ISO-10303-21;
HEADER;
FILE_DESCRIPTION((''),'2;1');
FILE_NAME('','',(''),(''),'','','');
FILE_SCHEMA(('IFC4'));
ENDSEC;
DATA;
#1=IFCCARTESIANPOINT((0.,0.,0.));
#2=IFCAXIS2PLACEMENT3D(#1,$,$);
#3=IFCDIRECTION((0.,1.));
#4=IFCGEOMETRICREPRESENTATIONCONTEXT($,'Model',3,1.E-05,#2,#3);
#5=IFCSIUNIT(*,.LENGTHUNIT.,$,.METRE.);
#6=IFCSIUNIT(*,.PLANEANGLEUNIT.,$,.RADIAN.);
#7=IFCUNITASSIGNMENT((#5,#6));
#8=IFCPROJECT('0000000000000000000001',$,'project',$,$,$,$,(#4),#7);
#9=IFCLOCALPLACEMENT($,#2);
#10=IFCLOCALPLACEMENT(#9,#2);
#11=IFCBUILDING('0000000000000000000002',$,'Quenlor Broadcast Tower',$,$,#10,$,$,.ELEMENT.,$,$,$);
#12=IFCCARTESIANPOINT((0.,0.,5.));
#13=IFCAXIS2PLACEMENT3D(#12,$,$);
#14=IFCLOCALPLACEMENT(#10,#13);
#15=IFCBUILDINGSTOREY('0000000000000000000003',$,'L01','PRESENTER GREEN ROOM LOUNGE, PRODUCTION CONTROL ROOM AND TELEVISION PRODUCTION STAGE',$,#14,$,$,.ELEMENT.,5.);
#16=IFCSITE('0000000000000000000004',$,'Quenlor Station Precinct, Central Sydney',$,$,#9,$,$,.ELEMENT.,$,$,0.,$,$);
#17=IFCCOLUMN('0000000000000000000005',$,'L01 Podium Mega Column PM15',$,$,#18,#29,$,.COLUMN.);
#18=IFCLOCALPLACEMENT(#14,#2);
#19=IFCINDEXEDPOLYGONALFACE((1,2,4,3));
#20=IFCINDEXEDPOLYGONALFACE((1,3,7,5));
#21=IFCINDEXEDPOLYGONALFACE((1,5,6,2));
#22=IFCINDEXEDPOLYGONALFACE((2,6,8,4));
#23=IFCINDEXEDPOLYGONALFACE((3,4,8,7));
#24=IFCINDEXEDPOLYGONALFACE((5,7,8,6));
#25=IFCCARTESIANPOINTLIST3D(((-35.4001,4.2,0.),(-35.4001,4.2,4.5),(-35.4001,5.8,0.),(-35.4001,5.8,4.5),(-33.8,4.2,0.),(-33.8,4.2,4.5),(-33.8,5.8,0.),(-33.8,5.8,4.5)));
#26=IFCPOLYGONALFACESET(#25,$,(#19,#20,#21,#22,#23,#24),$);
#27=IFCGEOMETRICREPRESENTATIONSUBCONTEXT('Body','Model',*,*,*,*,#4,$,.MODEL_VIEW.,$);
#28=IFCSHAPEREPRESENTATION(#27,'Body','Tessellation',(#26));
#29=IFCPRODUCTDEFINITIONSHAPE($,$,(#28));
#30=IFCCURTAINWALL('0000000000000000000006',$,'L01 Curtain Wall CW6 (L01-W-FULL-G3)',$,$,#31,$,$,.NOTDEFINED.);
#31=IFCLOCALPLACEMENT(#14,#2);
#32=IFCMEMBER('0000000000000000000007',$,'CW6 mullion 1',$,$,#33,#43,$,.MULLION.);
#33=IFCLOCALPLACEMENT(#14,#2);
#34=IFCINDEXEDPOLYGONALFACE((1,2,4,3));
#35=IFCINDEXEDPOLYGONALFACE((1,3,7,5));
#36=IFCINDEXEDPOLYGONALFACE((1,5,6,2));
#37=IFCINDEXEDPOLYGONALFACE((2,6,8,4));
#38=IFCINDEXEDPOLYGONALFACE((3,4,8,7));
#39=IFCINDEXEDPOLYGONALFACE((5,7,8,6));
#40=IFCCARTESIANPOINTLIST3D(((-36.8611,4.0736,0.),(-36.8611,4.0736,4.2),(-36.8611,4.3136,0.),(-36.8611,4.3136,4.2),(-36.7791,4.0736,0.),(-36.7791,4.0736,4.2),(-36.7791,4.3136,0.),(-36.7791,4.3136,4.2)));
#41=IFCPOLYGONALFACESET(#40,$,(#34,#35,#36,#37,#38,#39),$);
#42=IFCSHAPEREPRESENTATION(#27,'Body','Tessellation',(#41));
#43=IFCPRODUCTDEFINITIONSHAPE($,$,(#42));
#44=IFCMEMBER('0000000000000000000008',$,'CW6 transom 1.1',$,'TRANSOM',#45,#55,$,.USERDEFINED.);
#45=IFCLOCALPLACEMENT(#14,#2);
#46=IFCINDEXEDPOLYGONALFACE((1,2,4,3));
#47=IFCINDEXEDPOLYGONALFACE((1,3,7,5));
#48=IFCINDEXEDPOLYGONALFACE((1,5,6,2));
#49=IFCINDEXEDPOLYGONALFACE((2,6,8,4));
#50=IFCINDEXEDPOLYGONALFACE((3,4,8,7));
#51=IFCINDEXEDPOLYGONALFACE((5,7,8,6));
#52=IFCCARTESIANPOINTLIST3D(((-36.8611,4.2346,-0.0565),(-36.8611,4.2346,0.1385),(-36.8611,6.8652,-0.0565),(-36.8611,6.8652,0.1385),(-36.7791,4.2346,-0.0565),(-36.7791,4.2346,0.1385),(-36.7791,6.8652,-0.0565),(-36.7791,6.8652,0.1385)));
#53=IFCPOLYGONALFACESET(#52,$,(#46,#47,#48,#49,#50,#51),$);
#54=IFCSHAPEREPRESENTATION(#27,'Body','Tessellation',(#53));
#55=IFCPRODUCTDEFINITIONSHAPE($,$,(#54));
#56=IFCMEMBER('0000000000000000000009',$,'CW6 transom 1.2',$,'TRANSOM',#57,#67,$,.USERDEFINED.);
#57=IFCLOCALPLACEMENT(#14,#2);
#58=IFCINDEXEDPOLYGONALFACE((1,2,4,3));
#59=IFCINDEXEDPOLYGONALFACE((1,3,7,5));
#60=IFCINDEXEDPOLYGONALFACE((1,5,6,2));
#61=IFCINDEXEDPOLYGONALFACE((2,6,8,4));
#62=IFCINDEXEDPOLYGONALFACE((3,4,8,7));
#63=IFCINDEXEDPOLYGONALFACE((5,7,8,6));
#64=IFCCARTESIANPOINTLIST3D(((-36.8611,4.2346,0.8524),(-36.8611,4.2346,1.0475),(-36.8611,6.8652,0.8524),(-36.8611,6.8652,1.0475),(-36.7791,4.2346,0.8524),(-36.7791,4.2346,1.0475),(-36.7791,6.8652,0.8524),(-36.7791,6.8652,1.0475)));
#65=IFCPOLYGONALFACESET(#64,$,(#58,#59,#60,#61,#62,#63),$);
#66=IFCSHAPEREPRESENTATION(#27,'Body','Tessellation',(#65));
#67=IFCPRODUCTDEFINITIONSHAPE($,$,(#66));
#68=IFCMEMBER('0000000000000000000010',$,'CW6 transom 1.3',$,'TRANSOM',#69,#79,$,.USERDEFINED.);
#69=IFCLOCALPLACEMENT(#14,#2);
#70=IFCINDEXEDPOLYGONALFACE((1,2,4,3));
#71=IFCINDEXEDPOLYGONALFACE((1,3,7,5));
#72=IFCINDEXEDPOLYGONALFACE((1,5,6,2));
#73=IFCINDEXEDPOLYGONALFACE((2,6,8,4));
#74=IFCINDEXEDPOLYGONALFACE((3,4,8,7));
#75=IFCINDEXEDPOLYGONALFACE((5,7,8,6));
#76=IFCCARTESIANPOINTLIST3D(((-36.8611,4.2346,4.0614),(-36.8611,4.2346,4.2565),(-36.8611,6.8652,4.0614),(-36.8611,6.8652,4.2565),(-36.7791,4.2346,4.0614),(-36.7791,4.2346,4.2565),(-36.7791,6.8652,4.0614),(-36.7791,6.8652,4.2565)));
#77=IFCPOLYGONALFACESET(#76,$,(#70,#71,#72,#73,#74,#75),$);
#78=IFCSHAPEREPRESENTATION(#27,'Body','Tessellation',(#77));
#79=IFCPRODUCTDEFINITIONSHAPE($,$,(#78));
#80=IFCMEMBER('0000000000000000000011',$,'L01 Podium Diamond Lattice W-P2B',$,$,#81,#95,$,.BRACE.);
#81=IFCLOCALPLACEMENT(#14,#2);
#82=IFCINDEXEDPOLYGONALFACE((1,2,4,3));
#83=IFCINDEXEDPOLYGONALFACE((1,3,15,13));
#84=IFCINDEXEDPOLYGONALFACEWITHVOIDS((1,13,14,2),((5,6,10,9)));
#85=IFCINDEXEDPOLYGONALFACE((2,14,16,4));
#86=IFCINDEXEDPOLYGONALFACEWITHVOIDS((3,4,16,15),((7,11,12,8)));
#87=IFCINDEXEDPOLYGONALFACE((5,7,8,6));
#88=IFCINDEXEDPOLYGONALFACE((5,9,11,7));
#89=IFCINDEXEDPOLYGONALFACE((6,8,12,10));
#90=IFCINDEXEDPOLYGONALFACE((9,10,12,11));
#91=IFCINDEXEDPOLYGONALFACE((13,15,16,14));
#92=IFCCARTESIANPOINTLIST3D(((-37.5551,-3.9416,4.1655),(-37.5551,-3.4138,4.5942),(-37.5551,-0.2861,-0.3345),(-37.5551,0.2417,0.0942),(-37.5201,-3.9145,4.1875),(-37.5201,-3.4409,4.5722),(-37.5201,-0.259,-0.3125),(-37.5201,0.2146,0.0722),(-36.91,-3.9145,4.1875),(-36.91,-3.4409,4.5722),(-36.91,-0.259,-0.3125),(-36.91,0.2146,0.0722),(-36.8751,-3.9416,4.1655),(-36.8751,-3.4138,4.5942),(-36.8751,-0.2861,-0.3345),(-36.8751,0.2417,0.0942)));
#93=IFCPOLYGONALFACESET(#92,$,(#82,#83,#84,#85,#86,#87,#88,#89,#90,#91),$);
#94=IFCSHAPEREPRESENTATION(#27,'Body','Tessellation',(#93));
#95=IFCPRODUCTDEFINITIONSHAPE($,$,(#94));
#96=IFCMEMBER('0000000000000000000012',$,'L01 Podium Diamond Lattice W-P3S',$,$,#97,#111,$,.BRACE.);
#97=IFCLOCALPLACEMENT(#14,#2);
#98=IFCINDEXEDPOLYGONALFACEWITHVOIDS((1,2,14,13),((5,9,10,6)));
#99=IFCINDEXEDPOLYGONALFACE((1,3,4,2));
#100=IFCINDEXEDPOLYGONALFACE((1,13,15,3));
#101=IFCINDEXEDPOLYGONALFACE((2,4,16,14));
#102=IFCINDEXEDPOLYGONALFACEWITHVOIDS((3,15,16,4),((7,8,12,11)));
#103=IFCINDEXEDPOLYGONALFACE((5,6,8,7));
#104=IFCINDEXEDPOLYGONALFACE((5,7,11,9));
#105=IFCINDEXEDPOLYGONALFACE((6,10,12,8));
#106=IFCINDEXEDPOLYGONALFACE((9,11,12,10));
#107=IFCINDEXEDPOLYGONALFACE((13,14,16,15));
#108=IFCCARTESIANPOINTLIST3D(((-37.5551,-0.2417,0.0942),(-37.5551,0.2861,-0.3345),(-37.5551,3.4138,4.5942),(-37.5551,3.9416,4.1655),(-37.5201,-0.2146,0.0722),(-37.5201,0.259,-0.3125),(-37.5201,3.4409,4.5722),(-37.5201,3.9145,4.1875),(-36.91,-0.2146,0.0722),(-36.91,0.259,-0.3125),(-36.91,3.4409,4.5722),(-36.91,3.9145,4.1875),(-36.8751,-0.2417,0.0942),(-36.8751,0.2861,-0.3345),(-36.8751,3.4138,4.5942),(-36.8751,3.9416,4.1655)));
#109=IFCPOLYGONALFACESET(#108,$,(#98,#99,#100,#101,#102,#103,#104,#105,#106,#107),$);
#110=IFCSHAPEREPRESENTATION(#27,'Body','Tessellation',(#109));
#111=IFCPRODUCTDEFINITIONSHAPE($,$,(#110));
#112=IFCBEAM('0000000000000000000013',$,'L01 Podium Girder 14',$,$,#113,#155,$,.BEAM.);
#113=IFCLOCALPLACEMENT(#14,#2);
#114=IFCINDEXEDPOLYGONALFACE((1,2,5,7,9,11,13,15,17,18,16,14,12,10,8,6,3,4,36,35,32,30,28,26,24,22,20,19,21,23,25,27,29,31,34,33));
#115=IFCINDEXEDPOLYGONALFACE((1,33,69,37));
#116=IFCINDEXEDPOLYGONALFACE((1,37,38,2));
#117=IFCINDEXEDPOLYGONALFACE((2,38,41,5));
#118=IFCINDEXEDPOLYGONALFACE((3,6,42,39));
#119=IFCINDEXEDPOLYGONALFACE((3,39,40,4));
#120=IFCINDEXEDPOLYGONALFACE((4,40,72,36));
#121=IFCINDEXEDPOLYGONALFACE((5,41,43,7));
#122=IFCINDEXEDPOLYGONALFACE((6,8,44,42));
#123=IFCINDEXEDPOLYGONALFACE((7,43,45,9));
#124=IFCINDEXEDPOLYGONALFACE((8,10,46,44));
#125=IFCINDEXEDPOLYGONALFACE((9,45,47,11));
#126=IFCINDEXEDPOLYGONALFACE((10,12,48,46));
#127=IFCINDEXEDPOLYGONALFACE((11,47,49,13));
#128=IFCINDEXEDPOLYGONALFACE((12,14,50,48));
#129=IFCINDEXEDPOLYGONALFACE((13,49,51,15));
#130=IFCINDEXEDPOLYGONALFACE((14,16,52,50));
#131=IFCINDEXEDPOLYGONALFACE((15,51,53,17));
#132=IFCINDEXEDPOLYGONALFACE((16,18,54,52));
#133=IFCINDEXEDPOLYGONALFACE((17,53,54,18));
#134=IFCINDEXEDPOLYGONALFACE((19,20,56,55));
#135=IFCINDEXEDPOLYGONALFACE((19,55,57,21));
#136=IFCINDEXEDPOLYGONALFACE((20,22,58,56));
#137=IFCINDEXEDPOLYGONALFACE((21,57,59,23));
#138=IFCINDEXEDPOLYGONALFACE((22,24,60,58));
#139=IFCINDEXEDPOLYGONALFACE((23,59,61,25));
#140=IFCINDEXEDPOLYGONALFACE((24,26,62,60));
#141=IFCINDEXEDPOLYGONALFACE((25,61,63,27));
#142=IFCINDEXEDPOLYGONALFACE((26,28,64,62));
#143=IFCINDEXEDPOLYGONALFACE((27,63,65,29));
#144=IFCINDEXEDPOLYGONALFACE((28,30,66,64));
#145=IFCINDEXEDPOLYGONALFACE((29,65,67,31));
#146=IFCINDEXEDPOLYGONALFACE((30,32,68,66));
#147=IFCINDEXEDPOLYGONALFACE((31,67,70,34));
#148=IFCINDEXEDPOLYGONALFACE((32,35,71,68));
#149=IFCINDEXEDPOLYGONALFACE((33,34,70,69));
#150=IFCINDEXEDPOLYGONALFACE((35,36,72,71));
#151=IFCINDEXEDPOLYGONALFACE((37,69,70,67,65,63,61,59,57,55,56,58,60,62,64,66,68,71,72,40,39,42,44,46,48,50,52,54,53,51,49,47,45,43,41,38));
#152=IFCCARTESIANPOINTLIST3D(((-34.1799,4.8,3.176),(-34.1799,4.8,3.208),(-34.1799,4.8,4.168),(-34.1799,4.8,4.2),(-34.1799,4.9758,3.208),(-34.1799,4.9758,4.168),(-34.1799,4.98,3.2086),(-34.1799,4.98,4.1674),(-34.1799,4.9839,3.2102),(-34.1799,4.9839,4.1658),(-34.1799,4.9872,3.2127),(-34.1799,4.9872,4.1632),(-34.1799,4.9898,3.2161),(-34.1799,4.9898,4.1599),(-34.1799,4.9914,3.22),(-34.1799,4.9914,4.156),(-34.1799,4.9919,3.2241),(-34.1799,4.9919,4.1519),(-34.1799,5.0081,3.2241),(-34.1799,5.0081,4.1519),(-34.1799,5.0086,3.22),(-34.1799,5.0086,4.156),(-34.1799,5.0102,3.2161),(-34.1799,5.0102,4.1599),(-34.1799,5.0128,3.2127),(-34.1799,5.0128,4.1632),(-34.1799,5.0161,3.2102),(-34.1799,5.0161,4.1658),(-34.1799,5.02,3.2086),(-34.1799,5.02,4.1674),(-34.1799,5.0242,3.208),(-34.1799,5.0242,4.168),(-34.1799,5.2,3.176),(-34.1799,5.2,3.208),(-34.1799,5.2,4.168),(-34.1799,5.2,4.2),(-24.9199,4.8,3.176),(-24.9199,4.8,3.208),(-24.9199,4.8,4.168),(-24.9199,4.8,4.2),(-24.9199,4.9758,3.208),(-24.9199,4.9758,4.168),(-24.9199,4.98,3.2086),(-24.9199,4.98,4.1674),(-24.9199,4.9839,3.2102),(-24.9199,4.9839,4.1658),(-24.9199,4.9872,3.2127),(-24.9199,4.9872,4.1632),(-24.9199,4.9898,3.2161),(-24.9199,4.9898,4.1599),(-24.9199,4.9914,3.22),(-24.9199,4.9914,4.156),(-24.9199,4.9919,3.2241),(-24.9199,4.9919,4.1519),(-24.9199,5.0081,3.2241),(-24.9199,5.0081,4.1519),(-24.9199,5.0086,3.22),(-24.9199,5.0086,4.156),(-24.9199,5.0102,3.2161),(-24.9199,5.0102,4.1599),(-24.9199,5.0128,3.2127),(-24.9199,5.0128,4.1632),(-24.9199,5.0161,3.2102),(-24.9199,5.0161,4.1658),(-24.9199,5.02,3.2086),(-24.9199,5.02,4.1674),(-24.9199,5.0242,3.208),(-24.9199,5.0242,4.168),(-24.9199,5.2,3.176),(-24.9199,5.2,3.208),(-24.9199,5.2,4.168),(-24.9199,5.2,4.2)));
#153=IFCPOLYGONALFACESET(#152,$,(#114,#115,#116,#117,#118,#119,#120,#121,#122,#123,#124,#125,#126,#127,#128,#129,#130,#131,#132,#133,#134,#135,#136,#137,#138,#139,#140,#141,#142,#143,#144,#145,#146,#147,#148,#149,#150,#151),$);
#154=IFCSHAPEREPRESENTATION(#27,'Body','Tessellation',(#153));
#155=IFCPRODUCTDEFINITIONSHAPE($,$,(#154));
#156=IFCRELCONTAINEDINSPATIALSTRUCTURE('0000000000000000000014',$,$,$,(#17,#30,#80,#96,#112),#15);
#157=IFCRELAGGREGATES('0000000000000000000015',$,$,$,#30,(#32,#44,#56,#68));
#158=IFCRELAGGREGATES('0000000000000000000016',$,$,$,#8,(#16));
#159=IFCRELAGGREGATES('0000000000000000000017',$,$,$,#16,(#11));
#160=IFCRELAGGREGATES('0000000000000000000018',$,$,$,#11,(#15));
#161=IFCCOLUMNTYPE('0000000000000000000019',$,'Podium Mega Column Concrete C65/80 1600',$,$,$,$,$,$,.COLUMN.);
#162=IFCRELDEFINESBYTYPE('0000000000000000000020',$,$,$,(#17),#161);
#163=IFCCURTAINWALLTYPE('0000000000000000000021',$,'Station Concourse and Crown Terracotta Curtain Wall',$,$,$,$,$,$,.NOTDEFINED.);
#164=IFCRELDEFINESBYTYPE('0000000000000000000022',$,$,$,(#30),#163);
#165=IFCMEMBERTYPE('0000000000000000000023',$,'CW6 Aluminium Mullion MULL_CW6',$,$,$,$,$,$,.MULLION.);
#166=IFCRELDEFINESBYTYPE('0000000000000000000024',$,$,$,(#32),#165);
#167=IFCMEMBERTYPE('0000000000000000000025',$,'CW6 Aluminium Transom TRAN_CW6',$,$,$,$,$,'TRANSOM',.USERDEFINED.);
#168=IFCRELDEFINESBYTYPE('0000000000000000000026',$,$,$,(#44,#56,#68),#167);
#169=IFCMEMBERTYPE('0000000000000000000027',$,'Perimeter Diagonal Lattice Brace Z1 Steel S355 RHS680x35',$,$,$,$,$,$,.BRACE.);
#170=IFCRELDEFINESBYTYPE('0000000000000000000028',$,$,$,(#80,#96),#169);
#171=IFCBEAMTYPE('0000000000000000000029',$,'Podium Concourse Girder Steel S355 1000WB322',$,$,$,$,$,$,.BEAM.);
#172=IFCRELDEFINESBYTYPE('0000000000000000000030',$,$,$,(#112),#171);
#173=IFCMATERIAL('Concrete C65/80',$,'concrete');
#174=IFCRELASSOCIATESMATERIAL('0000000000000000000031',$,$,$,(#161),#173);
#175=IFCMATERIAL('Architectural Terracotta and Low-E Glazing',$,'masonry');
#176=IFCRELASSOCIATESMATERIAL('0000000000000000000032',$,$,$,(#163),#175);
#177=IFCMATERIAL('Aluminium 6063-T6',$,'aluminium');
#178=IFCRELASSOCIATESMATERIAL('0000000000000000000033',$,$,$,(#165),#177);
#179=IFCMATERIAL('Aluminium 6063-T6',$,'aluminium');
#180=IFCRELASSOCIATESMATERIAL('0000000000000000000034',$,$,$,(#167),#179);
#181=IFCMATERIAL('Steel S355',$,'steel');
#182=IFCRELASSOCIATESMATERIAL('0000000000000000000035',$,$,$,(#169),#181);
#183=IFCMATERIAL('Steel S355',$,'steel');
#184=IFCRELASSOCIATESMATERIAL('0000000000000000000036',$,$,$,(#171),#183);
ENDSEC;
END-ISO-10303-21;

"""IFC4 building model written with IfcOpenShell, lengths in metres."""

from ifc_helpers import new_model, si_unit, direction, frame, origin, origin_2d, place, context, subcontext, project, spatial, rectangle, hollow_rectangle, i_section, extrude, material, material_profile, profile_set, type_object, element, aggregate, save


model = new_model("IFC4")

# Units and contexts
model_context = context("Model", 3, precision=1e-05, world=origin(), true_north=direction((0.0, 1.0)))
body_context = subcontext(model_context, "Body", "Model", "MODEL_VIEW")
ifc_project = project(units=[si_unit("LENGTHUNIT", "METRE"), si_unit("PLANEANGLEUNIT", "RADIAN")], contexts=[model_context])

# Site, building, storey
site_placement = place(None, origin())
site = spatial("IfcSite", under=ifc_project, at=site_placement, Name="Quenlor Station Precinct, Central Sydney", CompositionType="ELEMENT", RefElevation=0.0)
building_placement = place(site_placement, origin())
building = spatial("IfcBuilding", under=site, at=building_placement, Name="Quenlor Broadcast Tower", CompositionType="ELEMENT")
storey_placement = place(building_placement, frame((0.0, 0.0, 5.0)))
storey = spatial("IfcBuildingStorey", under=building, at=storey_placement, Name="L01", Description="PRESENTER GREEN ROOM LOUNGE, PRODUCTION CONTROL ROOM AND TELEVISION PRODUCTION STAGE", CompositionType="ELEMENT", Elevation=5.0)

# Column
ifc_material_1 = material(Name="Concrete C65/80", Category="concrete")
ifc_material_profile_1 = material_profile(ifc_material_1, rectangle(XDim=1.6001, YDim=1.6001, at=origin_2d()))
ifc_profile_set_1 = profile_set([ifc_material_profile_1], Name="Concrete C65/80 RC1600x1600")
column_type = type_object("IfcColumnType", Name="Podium Mega Column Concrete C65/80 1600", PredefinedType="COLUMN", material=ifc_profile_set_1)
column_placement = place(storey_placement, frame((-34.6001, 5.0, 0.0), z_axis=(0.0, 0.0, 1.0), x_axis=(1.0, 0.0, 0.0)))
element("IfcColumn", 1, at=column_placement, inside=storey, type_object=column_type, Name="L01 Podium Mega Column PM15", PredefinedType="COLUMN", context=body_context, shape_type="SweptSolid", body=[
    extrude(rectangle(XDim=1.6001, YDim=1.6001, at=origin_2d()), origin(), (0.0, 0.0, 1.0), 4.5),
])

# Curtain wall, members
ifc_material_2 = material(Name="Architectural Terracotta and Low-E Glazing", Category="masonry")
curtain_wall_type = type_object("IfcCurtainWallType", Name="Station Concourse and Crown Terracotta Curtain Wall", PredefinedType="NOTDEFINED", material=ifc_material_2)
curtain_wall_placement = place(storey_placement, origin())
curtain_wall = element("IfcCurtainWall", 2, at=curtain_wall_placement, inside=storey, type_object=curtain_wall_type, Name="L01 Curtain Wall CW6 (L01-W-FULL-G3)", PredefinedType="NOTDEFINED")
ifc_material_3 = material(Name="Aluminium 6063-T6", Category="aluminium")
ifc_material_profile_2 = material_profile(ifc_material_3, rectangle(XDim=0.082, YDim=0.24, at=origin_2d()))
ifc_profile_set_2 = profile_set([ifc_material_profile_2], Name="Aluminium 6063-T6 MULL82x240")
member_type_1 = type_object("IfcMemberType", Name="CW6 Aluminium Mullion MULL_CW6", PredefinedType="MULLION", material=ifc_profile_set_2)
member_1_placement = place(storey_placement, frame((-36.8201, 4.1936, 0.0), z_axis=(0.0, 0.0, 1.0), x_axis=(-1.0, 0.0, 0.0)))
member_1 = element("IfcMember", 3, at=member_1_placement, type_object=member_type_1, Name="CW6 mullion 1", PredefinedType="MULLION", context=body_context, shape_type="SweptSolid", body=[
    extrude(rectangle(XDim=0.082, YDim=0.24, at=origin_2d()), origin(), (0.0, 0.0, 1.0), 4.2),
])
ifc_material_4 = material(Name="Aluminium 6063-T6", Category="aluminium")
ifc_material_profile_3 = material_profile(ifc_material_4, rectangle(XDim=0.082, YDim=0.1951, at=origin_2d()))
ifc_profile_set_3 = profile_set([ifc_material_profile_3], Name="Aluminium 6063-T6 TRAN82x195")
member_type_2 = type_object("IfcMemberType", Name="CW6 Aluminium Transom TRAN_CW6", ElementType="TRANSOM", PredefinedType="USERDEFINED", material=ifc_profile_set_3)
member_2_placement = place(storey_placement, frame((-36.8201, 4.2346, 0.041), z_axis=(0.0, 1.0, 0.0), x_axis=(-1.0, 0.0, 0.0)))
member_2 = element("IfcMember", 4, at=member_2_placement, type_object=member_type_2, Name="CW6 transom 1.1", ObjectType="TRANSOM", PredefinedType="USERDEFINED", context=body_context, shape_type="SweptSolid", body=[
    extrude(rectangle(XDim=0.082, YDim=0.1951, at=origin_2d()), origin(), (0.0, 0.0, 1.0), 2.6306),
])
member_3_placement = place(storey_placement, frame((-36.8201, 4.2346, 0.95), z_axis=(0.0, 1.0, 0.0), x_axis=(-1.0, 0.0, 0.0)))
member_3 = element("IfcMember", 5, at=member_3_placement, type_object=member_type_2, Name="CW6 transom 1.2", ObjectType="TRANSOM", PredefinedType="USERDEFINED", context=body_context, shape_type="SweptSolid", body=[
    extrude(rectangle(XDim=0.082, YDim=0.1951, at=origin_2d()), origin(), (0.0, 0.0, 1.0), 2.6306),
])
member_4_placement = place(storey_placement, frame((-36.8201, 4.2346, 4.1589), z_axis=(0.0, 1.0, 0.0), x_axis=(-1.0, 0.0, 0.0)))
member_4 = element("IfcMember", 6, at=member_4_placement, type_object=member_type_2, Name="CW6 transom 1.3", ObjectType="TRANSOM", PredefinedType="USERDEFINED", context=body_context, shape_type="SweptSolid", body=[
    extrude(rectangle(XDim=0.082, YDim=0.1951, at=origin_2d()), origin(), (0.0, 0.0, 1.0), 2.6306),
])

# Members
ifc_material_5 = material(Name="Steel S355", Category="steel")
ifc_material_profile_4 = material_profile(ifc_material_5, hollow_rectangle(XDim=0.6799, YDim=0.6799, WallThickness=0.0349, at=origin_2d()))
ifc_profile_set_4 = profile_set([ifc_material_profile_4], Name="Steel S355 RHS680x680x35")
member_type_3 = type_object("IfcMemberType", Name="Perimeter Diagonal Lattice Brace Z1 Steel S355 RHS680x35", PredefinedType="BRACE", material=ifc_profile_set_4)
for number, where, z_axis, x_axis, name in (
    (7, (-37.2151, -0.0222, -0.1201), (0.0, -0.630517, 0.776176), (1.0, 0.0, 0.0), "L01 Podium Diamond Lattice W-P2B"),
    (8, (-37.2151, 0.0222, -0.1201), (0.0, 0.630517, 0.776176), (-1.0, 0.0, 0.0), "L01 Podium Diamond Lattice W-P3S"),
):
    element("IfcMember", number, at=place(storey_placement, frame(where, z_axis=z_axis, x_axis=x_axis)), inside=storey, type_object=member_type_3, Name=name, PredefinedType="BRACE", context=body_context, shape_type="SweptSolid", body=[
        extrude(hollow_rectangle(XDim=0.6799, YDim=0.6799, WallThickness=0.0349, at=origin_2d()), origin(), (0.0, 0.0, 1.0), 5.7976),
    ])

# Beam
ifc_material_6 = material(Name="Steel S355", Category="steel")
ifc_material_profile_5 = material_profile(ifc_material_6, i_section(OverallWidth=0.3999, OverallDepth=1.0239, WebThickness=0.0161, FlangeThickness=0.032, FilletRadius=0.0161, at=origin_2d()))
ifc_profile_set_5 = profile_set([ifc_material_profile_5], Name="Steel S355 1000WB322")
beam_type_1 = type_object("IfcBeamType", Name="Podium Concourse Girder Steel S355 1000WB322", PredefinedType="BEAM", material=ifc_profile_set_5)
beam_1_placement = place(storey_placement, frame((-34.1799, 5.0, 3.688), z_axis=(1.0, 0.0, 0.0), x_axis=(0.0, 1.0, 0.0)))
element("IfcBeam", 9, at=beam_1_placement, inside=storey, type_object=beam_type_1, Name="L01 Podium Girder 14", PredefinedType="BEAM", context=body_context, shape_type="SweptSolid", body=[
    extrude(i_section(OverallWidth=0.3999, OverallDepth=1.0239, WebThickness=0.0161, FlangeThickness=0.032, FilletRadius=0.0161, at=origin_2d()), origin(), (0.0, 0.0, 1.0), 9.26),
])

aggregate(curtain_wall, [member_1, member_2, member_3, member_4])

save(model, "model.ifc")
